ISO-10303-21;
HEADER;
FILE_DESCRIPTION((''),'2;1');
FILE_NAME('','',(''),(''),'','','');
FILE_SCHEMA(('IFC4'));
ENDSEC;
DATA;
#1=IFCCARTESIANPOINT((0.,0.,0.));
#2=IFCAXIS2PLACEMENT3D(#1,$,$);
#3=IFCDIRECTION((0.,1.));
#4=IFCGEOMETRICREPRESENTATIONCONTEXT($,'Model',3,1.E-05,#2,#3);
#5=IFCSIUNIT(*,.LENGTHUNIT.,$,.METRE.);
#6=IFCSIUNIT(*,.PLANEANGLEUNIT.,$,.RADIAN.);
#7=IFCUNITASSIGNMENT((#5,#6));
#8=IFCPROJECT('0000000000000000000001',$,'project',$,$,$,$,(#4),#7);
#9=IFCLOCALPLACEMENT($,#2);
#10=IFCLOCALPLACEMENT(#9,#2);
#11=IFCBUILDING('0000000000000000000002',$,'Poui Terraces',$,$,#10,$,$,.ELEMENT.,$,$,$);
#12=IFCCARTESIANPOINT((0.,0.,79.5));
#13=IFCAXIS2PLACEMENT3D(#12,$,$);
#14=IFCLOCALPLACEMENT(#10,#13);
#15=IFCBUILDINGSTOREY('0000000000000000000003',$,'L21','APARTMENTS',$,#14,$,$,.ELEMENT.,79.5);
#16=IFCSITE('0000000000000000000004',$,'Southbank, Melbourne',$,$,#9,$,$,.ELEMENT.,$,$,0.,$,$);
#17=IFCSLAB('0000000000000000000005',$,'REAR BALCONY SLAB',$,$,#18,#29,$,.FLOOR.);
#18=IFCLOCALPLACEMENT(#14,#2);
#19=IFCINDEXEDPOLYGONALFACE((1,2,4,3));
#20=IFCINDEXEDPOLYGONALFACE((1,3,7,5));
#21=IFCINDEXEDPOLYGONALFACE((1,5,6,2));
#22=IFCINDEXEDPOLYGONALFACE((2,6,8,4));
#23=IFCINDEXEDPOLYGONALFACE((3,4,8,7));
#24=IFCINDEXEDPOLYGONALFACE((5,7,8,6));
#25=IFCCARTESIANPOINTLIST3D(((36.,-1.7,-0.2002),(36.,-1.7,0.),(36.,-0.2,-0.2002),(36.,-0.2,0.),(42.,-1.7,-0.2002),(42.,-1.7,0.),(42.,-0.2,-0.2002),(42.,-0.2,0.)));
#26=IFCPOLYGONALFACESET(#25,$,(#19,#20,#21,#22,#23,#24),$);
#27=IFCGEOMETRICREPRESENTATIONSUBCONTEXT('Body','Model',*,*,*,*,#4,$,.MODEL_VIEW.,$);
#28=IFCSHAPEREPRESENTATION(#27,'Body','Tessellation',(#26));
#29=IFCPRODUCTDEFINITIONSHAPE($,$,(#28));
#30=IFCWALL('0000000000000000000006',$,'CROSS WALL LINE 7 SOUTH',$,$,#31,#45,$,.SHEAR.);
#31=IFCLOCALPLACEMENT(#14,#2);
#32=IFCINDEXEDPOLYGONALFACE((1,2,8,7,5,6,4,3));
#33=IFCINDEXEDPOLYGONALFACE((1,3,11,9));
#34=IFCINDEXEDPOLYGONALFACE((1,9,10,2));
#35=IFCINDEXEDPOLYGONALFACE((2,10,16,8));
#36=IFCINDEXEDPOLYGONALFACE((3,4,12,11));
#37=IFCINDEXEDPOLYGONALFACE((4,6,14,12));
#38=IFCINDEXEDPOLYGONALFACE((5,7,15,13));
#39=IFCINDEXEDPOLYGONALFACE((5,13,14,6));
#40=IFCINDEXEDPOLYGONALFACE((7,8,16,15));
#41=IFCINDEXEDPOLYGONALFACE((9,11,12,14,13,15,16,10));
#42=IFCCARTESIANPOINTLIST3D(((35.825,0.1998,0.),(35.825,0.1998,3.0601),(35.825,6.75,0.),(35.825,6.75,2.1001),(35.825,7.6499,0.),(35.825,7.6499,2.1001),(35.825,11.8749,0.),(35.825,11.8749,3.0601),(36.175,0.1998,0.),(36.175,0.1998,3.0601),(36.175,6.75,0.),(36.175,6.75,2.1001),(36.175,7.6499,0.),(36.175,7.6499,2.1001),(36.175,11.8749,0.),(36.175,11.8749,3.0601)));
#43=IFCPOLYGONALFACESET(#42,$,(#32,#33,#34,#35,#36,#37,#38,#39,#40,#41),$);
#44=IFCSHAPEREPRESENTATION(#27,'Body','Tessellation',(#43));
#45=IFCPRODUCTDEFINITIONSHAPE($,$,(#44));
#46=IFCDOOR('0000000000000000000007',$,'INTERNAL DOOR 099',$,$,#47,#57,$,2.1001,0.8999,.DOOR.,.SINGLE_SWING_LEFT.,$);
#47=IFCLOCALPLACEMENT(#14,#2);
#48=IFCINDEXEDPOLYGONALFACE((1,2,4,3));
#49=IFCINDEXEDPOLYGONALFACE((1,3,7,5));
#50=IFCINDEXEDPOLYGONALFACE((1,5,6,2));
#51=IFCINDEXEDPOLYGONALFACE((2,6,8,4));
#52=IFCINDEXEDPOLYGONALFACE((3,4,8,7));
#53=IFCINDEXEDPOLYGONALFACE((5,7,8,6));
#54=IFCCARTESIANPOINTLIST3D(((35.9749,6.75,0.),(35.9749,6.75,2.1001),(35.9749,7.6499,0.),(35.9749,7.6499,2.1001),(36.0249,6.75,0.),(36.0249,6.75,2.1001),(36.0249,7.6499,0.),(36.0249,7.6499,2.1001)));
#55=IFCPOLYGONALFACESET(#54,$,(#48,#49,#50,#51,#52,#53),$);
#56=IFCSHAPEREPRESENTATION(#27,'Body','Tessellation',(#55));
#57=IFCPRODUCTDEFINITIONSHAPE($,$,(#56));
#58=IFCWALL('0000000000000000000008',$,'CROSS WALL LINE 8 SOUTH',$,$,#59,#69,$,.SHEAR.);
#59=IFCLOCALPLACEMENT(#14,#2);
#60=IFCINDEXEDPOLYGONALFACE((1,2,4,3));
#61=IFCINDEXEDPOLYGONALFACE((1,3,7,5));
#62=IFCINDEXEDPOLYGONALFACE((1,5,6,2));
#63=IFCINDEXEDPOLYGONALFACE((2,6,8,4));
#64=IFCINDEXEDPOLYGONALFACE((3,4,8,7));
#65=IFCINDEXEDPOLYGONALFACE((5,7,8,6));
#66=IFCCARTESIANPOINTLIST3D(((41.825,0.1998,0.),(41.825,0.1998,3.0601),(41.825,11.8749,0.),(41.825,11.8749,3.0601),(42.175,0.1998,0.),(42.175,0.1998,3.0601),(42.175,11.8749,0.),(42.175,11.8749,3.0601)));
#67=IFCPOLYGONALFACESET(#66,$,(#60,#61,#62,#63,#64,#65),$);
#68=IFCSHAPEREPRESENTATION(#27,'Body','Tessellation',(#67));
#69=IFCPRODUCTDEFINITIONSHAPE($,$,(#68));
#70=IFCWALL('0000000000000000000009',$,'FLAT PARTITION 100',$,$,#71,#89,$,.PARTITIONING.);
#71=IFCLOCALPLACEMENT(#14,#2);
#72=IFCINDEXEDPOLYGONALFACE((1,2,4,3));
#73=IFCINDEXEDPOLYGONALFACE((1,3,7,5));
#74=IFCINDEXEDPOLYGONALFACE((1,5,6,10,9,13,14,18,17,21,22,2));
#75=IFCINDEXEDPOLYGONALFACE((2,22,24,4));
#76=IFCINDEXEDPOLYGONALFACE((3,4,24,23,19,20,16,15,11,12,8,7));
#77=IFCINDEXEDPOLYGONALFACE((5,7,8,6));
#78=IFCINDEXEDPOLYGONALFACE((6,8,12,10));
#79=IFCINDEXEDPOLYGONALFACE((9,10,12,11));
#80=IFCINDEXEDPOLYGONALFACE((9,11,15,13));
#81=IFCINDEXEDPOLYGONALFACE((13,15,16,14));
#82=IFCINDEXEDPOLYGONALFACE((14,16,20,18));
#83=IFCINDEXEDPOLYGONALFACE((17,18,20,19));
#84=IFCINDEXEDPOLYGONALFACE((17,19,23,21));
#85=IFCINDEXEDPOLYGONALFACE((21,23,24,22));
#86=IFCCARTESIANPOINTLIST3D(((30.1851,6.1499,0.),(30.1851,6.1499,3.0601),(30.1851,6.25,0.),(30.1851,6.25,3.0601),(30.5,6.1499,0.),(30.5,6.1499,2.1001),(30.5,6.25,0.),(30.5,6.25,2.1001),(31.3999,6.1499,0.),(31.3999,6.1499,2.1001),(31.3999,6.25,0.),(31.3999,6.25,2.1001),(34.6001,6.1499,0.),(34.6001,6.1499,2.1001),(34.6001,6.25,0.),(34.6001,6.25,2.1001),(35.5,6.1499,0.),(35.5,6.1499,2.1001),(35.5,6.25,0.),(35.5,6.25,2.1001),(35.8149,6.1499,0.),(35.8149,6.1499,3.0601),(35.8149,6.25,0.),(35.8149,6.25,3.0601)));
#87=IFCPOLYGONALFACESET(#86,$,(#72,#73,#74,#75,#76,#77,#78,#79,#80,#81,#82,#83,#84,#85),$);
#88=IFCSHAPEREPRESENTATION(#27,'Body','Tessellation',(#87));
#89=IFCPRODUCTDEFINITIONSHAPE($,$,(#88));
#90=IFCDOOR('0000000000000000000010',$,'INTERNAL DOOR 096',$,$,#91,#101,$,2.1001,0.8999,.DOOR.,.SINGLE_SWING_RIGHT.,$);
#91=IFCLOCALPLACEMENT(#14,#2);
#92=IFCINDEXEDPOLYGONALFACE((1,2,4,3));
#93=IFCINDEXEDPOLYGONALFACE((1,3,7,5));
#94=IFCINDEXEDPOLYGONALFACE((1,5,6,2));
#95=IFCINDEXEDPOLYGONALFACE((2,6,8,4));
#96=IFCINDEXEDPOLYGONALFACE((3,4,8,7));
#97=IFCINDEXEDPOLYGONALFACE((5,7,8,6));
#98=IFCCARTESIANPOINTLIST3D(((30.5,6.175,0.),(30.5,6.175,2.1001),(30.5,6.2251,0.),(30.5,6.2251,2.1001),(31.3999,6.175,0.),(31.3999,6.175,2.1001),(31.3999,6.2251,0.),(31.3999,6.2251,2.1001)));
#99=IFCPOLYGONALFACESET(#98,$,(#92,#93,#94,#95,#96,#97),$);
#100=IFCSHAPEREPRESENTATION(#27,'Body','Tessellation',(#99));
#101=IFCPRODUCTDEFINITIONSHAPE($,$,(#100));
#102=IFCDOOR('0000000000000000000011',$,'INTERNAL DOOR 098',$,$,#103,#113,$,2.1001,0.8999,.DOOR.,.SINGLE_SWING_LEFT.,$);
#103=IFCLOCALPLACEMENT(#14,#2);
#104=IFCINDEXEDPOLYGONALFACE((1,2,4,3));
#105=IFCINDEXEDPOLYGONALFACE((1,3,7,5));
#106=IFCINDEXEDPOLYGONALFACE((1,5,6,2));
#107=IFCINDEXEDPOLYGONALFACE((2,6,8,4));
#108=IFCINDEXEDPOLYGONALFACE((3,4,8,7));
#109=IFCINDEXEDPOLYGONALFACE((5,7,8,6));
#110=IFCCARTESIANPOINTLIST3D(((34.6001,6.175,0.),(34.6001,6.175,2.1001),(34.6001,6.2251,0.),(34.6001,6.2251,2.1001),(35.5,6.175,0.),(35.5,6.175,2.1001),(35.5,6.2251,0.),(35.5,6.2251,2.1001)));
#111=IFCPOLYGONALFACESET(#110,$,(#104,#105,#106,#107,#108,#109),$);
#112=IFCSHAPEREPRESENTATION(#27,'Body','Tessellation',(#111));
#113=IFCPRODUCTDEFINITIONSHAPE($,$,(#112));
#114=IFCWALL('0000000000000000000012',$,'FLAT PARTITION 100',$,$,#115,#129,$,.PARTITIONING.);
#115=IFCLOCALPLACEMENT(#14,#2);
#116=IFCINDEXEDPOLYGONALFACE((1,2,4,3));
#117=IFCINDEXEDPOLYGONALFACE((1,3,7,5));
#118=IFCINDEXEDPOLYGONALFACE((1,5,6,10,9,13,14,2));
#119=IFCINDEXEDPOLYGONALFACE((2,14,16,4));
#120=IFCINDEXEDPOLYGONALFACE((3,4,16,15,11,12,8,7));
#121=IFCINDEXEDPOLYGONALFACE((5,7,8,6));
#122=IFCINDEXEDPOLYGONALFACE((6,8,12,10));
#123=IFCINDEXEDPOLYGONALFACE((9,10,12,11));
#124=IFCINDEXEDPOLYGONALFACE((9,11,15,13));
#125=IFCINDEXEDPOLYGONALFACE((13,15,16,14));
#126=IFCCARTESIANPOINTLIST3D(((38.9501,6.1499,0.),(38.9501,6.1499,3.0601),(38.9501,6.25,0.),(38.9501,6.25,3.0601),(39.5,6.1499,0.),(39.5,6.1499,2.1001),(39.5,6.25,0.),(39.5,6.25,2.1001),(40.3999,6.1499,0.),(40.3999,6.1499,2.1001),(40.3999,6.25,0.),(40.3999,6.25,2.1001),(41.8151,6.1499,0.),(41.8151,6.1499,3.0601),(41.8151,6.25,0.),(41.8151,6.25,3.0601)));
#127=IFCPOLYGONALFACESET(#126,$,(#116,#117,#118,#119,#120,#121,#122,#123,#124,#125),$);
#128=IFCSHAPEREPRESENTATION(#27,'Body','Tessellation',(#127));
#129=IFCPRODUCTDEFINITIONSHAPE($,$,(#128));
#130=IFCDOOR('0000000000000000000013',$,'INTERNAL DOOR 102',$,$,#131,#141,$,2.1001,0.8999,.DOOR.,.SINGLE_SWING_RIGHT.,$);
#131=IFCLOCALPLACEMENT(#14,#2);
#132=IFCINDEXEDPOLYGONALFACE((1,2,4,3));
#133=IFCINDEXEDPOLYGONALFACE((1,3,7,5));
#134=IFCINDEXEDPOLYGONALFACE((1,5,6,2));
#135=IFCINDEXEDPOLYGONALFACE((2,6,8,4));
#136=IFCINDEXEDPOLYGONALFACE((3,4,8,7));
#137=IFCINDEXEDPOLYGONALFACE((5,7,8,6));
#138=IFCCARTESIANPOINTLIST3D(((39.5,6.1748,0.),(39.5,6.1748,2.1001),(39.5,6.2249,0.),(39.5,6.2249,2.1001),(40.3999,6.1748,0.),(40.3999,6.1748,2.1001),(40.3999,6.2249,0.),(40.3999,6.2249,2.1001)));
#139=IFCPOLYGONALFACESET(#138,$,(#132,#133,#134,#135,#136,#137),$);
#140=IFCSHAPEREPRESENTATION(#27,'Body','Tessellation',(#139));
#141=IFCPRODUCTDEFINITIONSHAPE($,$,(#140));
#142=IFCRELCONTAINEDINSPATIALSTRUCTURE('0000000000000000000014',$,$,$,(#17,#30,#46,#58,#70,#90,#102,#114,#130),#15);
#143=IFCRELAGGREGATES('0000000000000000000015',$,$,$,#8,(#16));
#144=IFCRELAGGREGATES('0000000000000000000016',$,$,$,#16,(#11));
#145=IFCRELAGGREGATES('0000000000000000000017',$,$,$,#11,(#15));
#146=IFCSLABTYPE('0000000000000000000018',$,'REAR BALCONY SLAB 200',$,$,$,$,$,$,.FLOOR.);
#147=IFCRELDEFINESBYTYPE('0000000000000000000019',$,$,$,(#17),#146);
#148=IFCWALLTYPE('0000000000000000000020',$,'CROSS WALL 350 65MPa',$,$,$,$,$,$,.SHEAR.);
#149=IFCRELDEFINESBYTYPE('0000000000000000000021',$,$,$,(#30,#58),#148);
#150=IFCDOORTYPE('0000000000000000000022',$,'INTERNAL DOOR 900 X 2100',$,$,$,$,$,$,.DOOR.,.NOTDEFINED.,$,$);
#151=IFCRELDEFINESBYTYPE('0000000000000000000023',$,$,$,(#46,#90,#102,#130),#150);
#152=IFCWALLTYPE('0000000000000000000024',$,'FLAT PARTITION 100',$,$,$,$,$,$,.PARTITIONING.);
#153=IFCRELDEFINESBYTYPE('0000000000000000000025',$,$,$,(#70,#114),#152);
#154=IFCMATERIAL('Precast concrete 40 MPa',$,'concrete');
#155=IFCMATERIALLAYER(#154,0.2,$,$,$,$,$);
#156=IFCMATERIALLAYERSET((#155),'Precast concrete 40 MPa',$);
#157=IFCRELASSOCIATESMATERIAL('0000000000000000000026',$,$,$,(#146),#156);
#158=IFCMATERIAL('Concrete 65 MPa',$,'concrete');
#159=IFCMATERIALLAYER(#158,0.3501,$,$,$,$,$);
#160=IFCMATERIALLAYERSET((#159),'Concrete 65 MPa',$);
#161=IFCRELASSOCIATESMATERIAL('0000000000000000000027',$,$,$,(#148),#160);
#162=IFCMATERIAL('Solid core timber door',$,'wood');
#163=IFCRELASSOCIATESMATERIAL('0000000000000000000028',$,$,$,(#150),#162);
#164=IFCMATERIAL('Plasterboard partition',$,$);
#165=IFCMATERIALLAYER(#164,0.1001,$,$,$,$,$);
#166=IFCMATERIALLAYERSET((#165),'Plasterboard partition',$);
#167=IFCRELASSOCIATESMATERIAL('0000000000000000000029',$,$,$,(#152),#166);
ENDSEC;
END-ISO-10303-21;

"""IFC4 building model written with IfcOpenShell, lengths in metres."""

from ifc_helpers import new_model, si_unit, direction, frame, frame_2d, origin, place, context, subcontext, project, spatial, polyline, rectangle, outline, extrude, source, transform, mapped, material, layer, layer_set, type_object, element, fill, save


model = new_model("IFC4")

# Units and contexts
model_context = context("Model", 3, precision=1e-05, world=origin(), true_north=direction((0.0, 1.0)))
body_context = subcontext(model_context, "Body", "Model", "MODEL_VIEW")
ifc_project = project(units=[si_unit("LENGTHUNIT", "METRE"), si_unit("PLANEANGLEUNIT", "RADIAN")], contexts=[model_context])

# Site, building, storey
site_placement = place(None, origin())
site = spatial("IfcSite", under=ifc_project, at=site_placement, Name="Southbank, Melbourne", CompositionType="ELEMENT", RefElevation=0.0)
building_placement = place(site_placement, origin())
building = spatial("IfcBuilding", under=site, at=building_placement, Name="Poui Terraces", CompositionType="ELEMENT")
storey_placement = place(building_placement, frame((0.0, 0.0, 79.5)))
storey = spatial("IfcBuildingStorey", under=building, at=storey_placement, Name="L21", Description="APARTMENTS", CompositionType="ELEMENT", Elevation=79.5)

# Slab
ifc_material_1 = material(Name="Precast concrete 40 MPa", Category="concrete")
ifc_layer_1 = layer(ifc_material_1, 0.2)
ifc_layer_set_1 = layer_set([ifc_layer_1], Name="Precast concrete 40 MPa")
slab_type = type_object("IfcSlabType", Name="REAR BALCONY SLAB 200", PredefinedType="FLOOR", material=ifc_layer_set_1)
shared_shape_1 = source(origin(), body_context, "Body", "SweptSolid", [
    extrude(outline(polyline([(0.0, 0.0), (6.0, 0.0), (6.0, 1.5), (0.0, 1.5), (0.0, 0.0)])), origin(), (0.0, 0.0, 1.0), 0.2002),
])
slab_placement = place(storey_placement, frame((36.0, -1.7, -0.2002)))
element("IfcSlab", 1, at=slab_placement, inside=storey, type_object=slab_type, Name="REAR BALCONY SLAB", PredefinedType="FLOOR", context=body_context, shape_type="MappedRepresentation", body=[
    mapped(shared_shape_1, transform((0.0, 0.0, 0.0))),
])

# Wall, opening, door
ifc_material_2 = material(Name="Concrete 65 MPa", Category="concrete")
ifc_layer_2 = layer(ifc_material_2, 0.3501)
ifc_layer_set_2 = layer_set([ifc_layer_2], Name="Concrete 65 MPa")
wall_type_1 = type_object("IfcWallType", Name="CROSS WALL 350 65MPa", PredefinedType="SHEAR", material=ifc_layer_set_2)
wall_1_placement = place(storey_placement, frame((36.0, 0.2, 0.0), z_axis=(0.0, 0.0, 1.0), x_axis=(0.0, 1.0, 0.0)))
wall_1 = element("IfcWall", 2, at=wall_1_placement, inside=storey, type_object=wall_type_1, Name="CROSS WALL LINE 7 SOUTH", PredefinedType="SHEAR", context=body_context, shape_type="SweptSolid", body=[
    extrude(rectangle(XDim=11.675, YDim=0.3501, at=frame_2d((5.8374, 0.0))), origin(), (0.0, 0.0, 1.0), 3.0601),
])
opening_1_placement = place(wall_1_placement, frame((6.55, 0.0, 0.0)))
opening_1 = element("IfcOpeningElement", 3, at=opening_1_placement, cuts=wall_1, PredefinedType="OPENING", context=body_context, shape_type="SweptSolid", body=[
    extrude(rectangle(XDim=0.8999, YDim=2.1001, at=frame_2d((0.45, 1.05))), frame((0.0, 0.1851, 0.0), z_axis=(0.0, -1.0, 0.0), x_axis=(1.0, 0.0, 0.0)), (0.0, 0.0, 1.0), 0.3701),
])
ifc_material_3 = material(Name="Solid core timber door", Category="wood")
door_type_1 = type_object("IfcDoorType", Name="INTERNAL DOOR 900 X 2100", OperationType="NOTDEFINED", PredefinedType="DOOR", material=ifc_material_3)
door_1_placement = place(opening_1_placement, frame((0.8999, 0.0, 0.0), z_axis=(0.0, 0.0, 1.0), x_axis=(-1.0, 0.0, 0.0)))
door_1 = element("IfcDoor", 4, at=door_1_placement, inside=storey, type_object=door_type_1, Name="INTERNAL DOOR 099", OperationType="SINGLE_SWING_LEFT", OverallHeight=2.1001, OverallWidth=0.8999, PredefinedType="DOOR", context=body_context, shape_type="SweptSolid", body=[
    extrude(rectangle(XDim=0.8999, YDim=2.1001, at=frame_2d((0.45, 1.05))), frame((0.0, 0.0249, 0.0), z_axis=(0.0, -1.0, 0.0), x_axis=(1.0, 0.0, 0.0)), (0.0, 0.0, 1.0), 0.05),
])
fill(opening_1, door_1)

# Wall
wall_2_placement = place(storey_placement, frame((42.0, 0.2, 0.0), z_axis=(0.0, 0.0, 1.0), x_axis=(0.0, 1.0, 0.0)))
element("IfcWall", 5, at=wall_2_placement, inside=storey, type_object=wall_type_1, Name="CROSS WALL LINE 8 SOUTH", PredefinedType="SHEAR", context=body_context, shape_type="SweptSolid", body=[
    extrude(rectangle(XDim=11.675, YDim=0.3501, at=frame_2d((5.8374, 0.0))), origin(), (0.0, 0.0, 1.0), 3.0601),
])

# Wall, openings, doors
ifc_material_4 = material(Name="Plasterboard partition")
ifc_layer_3 = layer(ifc_material_4, 0.1001)
ifc_layer_set_3 = layer_set([ifc_layer_3], Name="Plasterboard partition")
wall_type_2 = type_object("IfcWallType", Name="FLAT PARTITION 100", PredefinedType="PARTITIONING", material=ifc_layer_set_3)
wall_3_placement = place(storey_placement, frame((30.1851, 6.2, 0.0), z_axis=(0.0, 0.0, 1.0), x_axis=(1.0, 0.0, 0.0)))
wall_3 = element("IfcWall", 6, at=wall_3_placement, inside=storey, type_object=wall_type_2, Name="FLAT PARTITION 100", PredefinedType="PARTITIONING", context=body_context, shape_type="SweptSolid", body=[
    extrude(rectangle(XDim=5.6299, YDim=0.1001, at=frame_2d((2.8149, 0.0))), origin(), (0.0, 0.0, 1.0), 3.0601),
])
opening_2_placement = place(wall_3_placement, frame((0.3149, 0.0, 0.0)))
opening_2 = element("IfcOpeningElement", 7, at=opening_2_placement, cuts=wall_3, PredefinedType="OPENING", context=body_context, shape_type="SweptSolid", body=[
    extrude(rectangle(XDim=0.8999, YDim=2.1001, at=frame_2d((0.45, 1.05))), frame((0.0, 0.0601, 0.0), z_axis=(0.0, -1.0, 0.0), x_axis=(1.0, 0.0, 0.0)), (0.0, 0.0, 1.0), 0.1201),
])
opening_3_placement = place(wall_3_placement, frame((4.415, 0.0, 0.0)))
opening_3 = element("IfcOpeningElement", 8, at=opening_3_placement, cuts=wall_3, PredefinedType="OPENING", context=body_context, shape_type="SweptSolid", body=[
    extrude(rectangle(XDim=0.8999, YDim=2.1001, at=frame_2d((0.45, 1.05))), frame((0.0, 0.0601, 0.0), z_axis=(0.0, -1.0, 0.0), x_axis=(1.0, 0.0, 0.0)), (0.0, 0.0, 1.0), 0.1201),
])
door_2_placement = place(opening_2_placement, frame((0.8999, 0.0, 0.0), z_axis=(0.0, 0.0, 1.0), x_axis=(-1.0, 0.0, 0.0)))
door_2 = element("IfcDoor", 9, at=door_2_placement, inside=storey, type_object=door_type_1, Name="INTERNAL DOOR 096", OperationType="SINGLE_SWING_RIGHT", OverallHeight=2.1001, OverallWidth=0.8999, PredefinedType="DOOR", context=body_context, shape_type="SweptSolid", body=[
    extrude(rectangle(XDim=0.8999, YDim=2.1001, at=frame_2d((0.45, 1.05))), frame((0.0, 0.0249, 0.0), z_axis=(0.0, -1.0, 0.0), x_axis=(1.0, 0.0, 0.0)), (0.0, 0.0, 1.0), 0.05),
])
fill(opening_2, door_2)
door_3_placement = place(opening_3_placement, frame((0.8999, 0.0, 0.0), z_axis=(0.0, 0.0, 1.0), x_axis=(-1.0, 0.0, 0.0)))
door_3 = element("IfcDoor", 10, at=door_3_placement, inside=storey, type_object=door_type_1, Name="INTERNAL DOOR 098", OperationType="SINGLE_SWING_LEFT", OverallHeight=2.1001, OverallWidth=0.8999, PredefinedType="DOOR", context=body_context, shape_type="SweptSolid", body=[
    extrude(rectangle(XDim=0.8999, YDim=2.1001, at=frame_2d((0.45, 1.05))), frame((0.0, 0.0249, 0.0), z_axis=(0.0, -1.0, 0.0), x_axis=(1.0, 0.0, 0.0)), (0.0, 0.0, 1.0), 0.05),
])
fill(opening_3, door_3)

# Wall, opening, door
wall_4_placement = place(storey_placement, frame((38.95, 6.2, 0.0), z_axis=(0.0, 0.0, 1.0), x_axis=(1.0, 0.0, 0.0)))
wall_4 = element("IfcWall", 11, at=wall_4_placement, inside=storey, type_object=wall_type_2, Name="FLAT PARTITION 100", PredefinedType="PARTITIONING", context=body_context, shape_type="SweptSolid", body=[
    extrude(rectangle(XDim=2.865, YDim=0.1001, at=frame_2d((1.4326, 0.0))), origin(), (0.0, 0.0, 1.0), 3.0601),
])
opening_4_placement = place(wall_4_placement, frame((0.55, 0.0, 0.0)))
opening_4 = element("IfcOpeningElement", 12, at=opening_4_placement, cuts=wall_4, PredefinedType="OPENING", context=body_context, shape_type="SweptSolid", body=[
    extrude(rectangle(XDim=0.8999, YDim=2.1001, at=frame_2d((0.45, 1.05))), frame((0.0, 0.0601, 0.0), z_axis=(0.0, -1.0, 0.0), x_axis=(1.0, 0.0, 0.0)), (0.0, 0.0, 1.0), 0.1201),
])
door_4_placement = place(opening_4_placement, origin())
door_4 = element("IfcDoor", 13, at=door_4_placement, inside=storey, type_object=door_type_1, Name="INTERNAL DOOR 102", OperationType="SINGLE_SWING_RIGHT", OverallHeight=2.1001, OverallWidth=0.8999, PredefinedType="DOOR", context=body_context, shape_type="SweptSolid", body=[
    extrude(rectangle(XDim=0.8999, YDim=2.1001, at=frame_2d((0.45, 1.05))), frame((0.0, 0.0249, 0.0), z_axis=(0.0, -1.0, 0.0), x_axis=(1.0, 0.0, 0.0)), (0.0, 0.0, 1.0), 0.05),
])
fill(opening_4, door_4)

save(model, "model.ifc")
